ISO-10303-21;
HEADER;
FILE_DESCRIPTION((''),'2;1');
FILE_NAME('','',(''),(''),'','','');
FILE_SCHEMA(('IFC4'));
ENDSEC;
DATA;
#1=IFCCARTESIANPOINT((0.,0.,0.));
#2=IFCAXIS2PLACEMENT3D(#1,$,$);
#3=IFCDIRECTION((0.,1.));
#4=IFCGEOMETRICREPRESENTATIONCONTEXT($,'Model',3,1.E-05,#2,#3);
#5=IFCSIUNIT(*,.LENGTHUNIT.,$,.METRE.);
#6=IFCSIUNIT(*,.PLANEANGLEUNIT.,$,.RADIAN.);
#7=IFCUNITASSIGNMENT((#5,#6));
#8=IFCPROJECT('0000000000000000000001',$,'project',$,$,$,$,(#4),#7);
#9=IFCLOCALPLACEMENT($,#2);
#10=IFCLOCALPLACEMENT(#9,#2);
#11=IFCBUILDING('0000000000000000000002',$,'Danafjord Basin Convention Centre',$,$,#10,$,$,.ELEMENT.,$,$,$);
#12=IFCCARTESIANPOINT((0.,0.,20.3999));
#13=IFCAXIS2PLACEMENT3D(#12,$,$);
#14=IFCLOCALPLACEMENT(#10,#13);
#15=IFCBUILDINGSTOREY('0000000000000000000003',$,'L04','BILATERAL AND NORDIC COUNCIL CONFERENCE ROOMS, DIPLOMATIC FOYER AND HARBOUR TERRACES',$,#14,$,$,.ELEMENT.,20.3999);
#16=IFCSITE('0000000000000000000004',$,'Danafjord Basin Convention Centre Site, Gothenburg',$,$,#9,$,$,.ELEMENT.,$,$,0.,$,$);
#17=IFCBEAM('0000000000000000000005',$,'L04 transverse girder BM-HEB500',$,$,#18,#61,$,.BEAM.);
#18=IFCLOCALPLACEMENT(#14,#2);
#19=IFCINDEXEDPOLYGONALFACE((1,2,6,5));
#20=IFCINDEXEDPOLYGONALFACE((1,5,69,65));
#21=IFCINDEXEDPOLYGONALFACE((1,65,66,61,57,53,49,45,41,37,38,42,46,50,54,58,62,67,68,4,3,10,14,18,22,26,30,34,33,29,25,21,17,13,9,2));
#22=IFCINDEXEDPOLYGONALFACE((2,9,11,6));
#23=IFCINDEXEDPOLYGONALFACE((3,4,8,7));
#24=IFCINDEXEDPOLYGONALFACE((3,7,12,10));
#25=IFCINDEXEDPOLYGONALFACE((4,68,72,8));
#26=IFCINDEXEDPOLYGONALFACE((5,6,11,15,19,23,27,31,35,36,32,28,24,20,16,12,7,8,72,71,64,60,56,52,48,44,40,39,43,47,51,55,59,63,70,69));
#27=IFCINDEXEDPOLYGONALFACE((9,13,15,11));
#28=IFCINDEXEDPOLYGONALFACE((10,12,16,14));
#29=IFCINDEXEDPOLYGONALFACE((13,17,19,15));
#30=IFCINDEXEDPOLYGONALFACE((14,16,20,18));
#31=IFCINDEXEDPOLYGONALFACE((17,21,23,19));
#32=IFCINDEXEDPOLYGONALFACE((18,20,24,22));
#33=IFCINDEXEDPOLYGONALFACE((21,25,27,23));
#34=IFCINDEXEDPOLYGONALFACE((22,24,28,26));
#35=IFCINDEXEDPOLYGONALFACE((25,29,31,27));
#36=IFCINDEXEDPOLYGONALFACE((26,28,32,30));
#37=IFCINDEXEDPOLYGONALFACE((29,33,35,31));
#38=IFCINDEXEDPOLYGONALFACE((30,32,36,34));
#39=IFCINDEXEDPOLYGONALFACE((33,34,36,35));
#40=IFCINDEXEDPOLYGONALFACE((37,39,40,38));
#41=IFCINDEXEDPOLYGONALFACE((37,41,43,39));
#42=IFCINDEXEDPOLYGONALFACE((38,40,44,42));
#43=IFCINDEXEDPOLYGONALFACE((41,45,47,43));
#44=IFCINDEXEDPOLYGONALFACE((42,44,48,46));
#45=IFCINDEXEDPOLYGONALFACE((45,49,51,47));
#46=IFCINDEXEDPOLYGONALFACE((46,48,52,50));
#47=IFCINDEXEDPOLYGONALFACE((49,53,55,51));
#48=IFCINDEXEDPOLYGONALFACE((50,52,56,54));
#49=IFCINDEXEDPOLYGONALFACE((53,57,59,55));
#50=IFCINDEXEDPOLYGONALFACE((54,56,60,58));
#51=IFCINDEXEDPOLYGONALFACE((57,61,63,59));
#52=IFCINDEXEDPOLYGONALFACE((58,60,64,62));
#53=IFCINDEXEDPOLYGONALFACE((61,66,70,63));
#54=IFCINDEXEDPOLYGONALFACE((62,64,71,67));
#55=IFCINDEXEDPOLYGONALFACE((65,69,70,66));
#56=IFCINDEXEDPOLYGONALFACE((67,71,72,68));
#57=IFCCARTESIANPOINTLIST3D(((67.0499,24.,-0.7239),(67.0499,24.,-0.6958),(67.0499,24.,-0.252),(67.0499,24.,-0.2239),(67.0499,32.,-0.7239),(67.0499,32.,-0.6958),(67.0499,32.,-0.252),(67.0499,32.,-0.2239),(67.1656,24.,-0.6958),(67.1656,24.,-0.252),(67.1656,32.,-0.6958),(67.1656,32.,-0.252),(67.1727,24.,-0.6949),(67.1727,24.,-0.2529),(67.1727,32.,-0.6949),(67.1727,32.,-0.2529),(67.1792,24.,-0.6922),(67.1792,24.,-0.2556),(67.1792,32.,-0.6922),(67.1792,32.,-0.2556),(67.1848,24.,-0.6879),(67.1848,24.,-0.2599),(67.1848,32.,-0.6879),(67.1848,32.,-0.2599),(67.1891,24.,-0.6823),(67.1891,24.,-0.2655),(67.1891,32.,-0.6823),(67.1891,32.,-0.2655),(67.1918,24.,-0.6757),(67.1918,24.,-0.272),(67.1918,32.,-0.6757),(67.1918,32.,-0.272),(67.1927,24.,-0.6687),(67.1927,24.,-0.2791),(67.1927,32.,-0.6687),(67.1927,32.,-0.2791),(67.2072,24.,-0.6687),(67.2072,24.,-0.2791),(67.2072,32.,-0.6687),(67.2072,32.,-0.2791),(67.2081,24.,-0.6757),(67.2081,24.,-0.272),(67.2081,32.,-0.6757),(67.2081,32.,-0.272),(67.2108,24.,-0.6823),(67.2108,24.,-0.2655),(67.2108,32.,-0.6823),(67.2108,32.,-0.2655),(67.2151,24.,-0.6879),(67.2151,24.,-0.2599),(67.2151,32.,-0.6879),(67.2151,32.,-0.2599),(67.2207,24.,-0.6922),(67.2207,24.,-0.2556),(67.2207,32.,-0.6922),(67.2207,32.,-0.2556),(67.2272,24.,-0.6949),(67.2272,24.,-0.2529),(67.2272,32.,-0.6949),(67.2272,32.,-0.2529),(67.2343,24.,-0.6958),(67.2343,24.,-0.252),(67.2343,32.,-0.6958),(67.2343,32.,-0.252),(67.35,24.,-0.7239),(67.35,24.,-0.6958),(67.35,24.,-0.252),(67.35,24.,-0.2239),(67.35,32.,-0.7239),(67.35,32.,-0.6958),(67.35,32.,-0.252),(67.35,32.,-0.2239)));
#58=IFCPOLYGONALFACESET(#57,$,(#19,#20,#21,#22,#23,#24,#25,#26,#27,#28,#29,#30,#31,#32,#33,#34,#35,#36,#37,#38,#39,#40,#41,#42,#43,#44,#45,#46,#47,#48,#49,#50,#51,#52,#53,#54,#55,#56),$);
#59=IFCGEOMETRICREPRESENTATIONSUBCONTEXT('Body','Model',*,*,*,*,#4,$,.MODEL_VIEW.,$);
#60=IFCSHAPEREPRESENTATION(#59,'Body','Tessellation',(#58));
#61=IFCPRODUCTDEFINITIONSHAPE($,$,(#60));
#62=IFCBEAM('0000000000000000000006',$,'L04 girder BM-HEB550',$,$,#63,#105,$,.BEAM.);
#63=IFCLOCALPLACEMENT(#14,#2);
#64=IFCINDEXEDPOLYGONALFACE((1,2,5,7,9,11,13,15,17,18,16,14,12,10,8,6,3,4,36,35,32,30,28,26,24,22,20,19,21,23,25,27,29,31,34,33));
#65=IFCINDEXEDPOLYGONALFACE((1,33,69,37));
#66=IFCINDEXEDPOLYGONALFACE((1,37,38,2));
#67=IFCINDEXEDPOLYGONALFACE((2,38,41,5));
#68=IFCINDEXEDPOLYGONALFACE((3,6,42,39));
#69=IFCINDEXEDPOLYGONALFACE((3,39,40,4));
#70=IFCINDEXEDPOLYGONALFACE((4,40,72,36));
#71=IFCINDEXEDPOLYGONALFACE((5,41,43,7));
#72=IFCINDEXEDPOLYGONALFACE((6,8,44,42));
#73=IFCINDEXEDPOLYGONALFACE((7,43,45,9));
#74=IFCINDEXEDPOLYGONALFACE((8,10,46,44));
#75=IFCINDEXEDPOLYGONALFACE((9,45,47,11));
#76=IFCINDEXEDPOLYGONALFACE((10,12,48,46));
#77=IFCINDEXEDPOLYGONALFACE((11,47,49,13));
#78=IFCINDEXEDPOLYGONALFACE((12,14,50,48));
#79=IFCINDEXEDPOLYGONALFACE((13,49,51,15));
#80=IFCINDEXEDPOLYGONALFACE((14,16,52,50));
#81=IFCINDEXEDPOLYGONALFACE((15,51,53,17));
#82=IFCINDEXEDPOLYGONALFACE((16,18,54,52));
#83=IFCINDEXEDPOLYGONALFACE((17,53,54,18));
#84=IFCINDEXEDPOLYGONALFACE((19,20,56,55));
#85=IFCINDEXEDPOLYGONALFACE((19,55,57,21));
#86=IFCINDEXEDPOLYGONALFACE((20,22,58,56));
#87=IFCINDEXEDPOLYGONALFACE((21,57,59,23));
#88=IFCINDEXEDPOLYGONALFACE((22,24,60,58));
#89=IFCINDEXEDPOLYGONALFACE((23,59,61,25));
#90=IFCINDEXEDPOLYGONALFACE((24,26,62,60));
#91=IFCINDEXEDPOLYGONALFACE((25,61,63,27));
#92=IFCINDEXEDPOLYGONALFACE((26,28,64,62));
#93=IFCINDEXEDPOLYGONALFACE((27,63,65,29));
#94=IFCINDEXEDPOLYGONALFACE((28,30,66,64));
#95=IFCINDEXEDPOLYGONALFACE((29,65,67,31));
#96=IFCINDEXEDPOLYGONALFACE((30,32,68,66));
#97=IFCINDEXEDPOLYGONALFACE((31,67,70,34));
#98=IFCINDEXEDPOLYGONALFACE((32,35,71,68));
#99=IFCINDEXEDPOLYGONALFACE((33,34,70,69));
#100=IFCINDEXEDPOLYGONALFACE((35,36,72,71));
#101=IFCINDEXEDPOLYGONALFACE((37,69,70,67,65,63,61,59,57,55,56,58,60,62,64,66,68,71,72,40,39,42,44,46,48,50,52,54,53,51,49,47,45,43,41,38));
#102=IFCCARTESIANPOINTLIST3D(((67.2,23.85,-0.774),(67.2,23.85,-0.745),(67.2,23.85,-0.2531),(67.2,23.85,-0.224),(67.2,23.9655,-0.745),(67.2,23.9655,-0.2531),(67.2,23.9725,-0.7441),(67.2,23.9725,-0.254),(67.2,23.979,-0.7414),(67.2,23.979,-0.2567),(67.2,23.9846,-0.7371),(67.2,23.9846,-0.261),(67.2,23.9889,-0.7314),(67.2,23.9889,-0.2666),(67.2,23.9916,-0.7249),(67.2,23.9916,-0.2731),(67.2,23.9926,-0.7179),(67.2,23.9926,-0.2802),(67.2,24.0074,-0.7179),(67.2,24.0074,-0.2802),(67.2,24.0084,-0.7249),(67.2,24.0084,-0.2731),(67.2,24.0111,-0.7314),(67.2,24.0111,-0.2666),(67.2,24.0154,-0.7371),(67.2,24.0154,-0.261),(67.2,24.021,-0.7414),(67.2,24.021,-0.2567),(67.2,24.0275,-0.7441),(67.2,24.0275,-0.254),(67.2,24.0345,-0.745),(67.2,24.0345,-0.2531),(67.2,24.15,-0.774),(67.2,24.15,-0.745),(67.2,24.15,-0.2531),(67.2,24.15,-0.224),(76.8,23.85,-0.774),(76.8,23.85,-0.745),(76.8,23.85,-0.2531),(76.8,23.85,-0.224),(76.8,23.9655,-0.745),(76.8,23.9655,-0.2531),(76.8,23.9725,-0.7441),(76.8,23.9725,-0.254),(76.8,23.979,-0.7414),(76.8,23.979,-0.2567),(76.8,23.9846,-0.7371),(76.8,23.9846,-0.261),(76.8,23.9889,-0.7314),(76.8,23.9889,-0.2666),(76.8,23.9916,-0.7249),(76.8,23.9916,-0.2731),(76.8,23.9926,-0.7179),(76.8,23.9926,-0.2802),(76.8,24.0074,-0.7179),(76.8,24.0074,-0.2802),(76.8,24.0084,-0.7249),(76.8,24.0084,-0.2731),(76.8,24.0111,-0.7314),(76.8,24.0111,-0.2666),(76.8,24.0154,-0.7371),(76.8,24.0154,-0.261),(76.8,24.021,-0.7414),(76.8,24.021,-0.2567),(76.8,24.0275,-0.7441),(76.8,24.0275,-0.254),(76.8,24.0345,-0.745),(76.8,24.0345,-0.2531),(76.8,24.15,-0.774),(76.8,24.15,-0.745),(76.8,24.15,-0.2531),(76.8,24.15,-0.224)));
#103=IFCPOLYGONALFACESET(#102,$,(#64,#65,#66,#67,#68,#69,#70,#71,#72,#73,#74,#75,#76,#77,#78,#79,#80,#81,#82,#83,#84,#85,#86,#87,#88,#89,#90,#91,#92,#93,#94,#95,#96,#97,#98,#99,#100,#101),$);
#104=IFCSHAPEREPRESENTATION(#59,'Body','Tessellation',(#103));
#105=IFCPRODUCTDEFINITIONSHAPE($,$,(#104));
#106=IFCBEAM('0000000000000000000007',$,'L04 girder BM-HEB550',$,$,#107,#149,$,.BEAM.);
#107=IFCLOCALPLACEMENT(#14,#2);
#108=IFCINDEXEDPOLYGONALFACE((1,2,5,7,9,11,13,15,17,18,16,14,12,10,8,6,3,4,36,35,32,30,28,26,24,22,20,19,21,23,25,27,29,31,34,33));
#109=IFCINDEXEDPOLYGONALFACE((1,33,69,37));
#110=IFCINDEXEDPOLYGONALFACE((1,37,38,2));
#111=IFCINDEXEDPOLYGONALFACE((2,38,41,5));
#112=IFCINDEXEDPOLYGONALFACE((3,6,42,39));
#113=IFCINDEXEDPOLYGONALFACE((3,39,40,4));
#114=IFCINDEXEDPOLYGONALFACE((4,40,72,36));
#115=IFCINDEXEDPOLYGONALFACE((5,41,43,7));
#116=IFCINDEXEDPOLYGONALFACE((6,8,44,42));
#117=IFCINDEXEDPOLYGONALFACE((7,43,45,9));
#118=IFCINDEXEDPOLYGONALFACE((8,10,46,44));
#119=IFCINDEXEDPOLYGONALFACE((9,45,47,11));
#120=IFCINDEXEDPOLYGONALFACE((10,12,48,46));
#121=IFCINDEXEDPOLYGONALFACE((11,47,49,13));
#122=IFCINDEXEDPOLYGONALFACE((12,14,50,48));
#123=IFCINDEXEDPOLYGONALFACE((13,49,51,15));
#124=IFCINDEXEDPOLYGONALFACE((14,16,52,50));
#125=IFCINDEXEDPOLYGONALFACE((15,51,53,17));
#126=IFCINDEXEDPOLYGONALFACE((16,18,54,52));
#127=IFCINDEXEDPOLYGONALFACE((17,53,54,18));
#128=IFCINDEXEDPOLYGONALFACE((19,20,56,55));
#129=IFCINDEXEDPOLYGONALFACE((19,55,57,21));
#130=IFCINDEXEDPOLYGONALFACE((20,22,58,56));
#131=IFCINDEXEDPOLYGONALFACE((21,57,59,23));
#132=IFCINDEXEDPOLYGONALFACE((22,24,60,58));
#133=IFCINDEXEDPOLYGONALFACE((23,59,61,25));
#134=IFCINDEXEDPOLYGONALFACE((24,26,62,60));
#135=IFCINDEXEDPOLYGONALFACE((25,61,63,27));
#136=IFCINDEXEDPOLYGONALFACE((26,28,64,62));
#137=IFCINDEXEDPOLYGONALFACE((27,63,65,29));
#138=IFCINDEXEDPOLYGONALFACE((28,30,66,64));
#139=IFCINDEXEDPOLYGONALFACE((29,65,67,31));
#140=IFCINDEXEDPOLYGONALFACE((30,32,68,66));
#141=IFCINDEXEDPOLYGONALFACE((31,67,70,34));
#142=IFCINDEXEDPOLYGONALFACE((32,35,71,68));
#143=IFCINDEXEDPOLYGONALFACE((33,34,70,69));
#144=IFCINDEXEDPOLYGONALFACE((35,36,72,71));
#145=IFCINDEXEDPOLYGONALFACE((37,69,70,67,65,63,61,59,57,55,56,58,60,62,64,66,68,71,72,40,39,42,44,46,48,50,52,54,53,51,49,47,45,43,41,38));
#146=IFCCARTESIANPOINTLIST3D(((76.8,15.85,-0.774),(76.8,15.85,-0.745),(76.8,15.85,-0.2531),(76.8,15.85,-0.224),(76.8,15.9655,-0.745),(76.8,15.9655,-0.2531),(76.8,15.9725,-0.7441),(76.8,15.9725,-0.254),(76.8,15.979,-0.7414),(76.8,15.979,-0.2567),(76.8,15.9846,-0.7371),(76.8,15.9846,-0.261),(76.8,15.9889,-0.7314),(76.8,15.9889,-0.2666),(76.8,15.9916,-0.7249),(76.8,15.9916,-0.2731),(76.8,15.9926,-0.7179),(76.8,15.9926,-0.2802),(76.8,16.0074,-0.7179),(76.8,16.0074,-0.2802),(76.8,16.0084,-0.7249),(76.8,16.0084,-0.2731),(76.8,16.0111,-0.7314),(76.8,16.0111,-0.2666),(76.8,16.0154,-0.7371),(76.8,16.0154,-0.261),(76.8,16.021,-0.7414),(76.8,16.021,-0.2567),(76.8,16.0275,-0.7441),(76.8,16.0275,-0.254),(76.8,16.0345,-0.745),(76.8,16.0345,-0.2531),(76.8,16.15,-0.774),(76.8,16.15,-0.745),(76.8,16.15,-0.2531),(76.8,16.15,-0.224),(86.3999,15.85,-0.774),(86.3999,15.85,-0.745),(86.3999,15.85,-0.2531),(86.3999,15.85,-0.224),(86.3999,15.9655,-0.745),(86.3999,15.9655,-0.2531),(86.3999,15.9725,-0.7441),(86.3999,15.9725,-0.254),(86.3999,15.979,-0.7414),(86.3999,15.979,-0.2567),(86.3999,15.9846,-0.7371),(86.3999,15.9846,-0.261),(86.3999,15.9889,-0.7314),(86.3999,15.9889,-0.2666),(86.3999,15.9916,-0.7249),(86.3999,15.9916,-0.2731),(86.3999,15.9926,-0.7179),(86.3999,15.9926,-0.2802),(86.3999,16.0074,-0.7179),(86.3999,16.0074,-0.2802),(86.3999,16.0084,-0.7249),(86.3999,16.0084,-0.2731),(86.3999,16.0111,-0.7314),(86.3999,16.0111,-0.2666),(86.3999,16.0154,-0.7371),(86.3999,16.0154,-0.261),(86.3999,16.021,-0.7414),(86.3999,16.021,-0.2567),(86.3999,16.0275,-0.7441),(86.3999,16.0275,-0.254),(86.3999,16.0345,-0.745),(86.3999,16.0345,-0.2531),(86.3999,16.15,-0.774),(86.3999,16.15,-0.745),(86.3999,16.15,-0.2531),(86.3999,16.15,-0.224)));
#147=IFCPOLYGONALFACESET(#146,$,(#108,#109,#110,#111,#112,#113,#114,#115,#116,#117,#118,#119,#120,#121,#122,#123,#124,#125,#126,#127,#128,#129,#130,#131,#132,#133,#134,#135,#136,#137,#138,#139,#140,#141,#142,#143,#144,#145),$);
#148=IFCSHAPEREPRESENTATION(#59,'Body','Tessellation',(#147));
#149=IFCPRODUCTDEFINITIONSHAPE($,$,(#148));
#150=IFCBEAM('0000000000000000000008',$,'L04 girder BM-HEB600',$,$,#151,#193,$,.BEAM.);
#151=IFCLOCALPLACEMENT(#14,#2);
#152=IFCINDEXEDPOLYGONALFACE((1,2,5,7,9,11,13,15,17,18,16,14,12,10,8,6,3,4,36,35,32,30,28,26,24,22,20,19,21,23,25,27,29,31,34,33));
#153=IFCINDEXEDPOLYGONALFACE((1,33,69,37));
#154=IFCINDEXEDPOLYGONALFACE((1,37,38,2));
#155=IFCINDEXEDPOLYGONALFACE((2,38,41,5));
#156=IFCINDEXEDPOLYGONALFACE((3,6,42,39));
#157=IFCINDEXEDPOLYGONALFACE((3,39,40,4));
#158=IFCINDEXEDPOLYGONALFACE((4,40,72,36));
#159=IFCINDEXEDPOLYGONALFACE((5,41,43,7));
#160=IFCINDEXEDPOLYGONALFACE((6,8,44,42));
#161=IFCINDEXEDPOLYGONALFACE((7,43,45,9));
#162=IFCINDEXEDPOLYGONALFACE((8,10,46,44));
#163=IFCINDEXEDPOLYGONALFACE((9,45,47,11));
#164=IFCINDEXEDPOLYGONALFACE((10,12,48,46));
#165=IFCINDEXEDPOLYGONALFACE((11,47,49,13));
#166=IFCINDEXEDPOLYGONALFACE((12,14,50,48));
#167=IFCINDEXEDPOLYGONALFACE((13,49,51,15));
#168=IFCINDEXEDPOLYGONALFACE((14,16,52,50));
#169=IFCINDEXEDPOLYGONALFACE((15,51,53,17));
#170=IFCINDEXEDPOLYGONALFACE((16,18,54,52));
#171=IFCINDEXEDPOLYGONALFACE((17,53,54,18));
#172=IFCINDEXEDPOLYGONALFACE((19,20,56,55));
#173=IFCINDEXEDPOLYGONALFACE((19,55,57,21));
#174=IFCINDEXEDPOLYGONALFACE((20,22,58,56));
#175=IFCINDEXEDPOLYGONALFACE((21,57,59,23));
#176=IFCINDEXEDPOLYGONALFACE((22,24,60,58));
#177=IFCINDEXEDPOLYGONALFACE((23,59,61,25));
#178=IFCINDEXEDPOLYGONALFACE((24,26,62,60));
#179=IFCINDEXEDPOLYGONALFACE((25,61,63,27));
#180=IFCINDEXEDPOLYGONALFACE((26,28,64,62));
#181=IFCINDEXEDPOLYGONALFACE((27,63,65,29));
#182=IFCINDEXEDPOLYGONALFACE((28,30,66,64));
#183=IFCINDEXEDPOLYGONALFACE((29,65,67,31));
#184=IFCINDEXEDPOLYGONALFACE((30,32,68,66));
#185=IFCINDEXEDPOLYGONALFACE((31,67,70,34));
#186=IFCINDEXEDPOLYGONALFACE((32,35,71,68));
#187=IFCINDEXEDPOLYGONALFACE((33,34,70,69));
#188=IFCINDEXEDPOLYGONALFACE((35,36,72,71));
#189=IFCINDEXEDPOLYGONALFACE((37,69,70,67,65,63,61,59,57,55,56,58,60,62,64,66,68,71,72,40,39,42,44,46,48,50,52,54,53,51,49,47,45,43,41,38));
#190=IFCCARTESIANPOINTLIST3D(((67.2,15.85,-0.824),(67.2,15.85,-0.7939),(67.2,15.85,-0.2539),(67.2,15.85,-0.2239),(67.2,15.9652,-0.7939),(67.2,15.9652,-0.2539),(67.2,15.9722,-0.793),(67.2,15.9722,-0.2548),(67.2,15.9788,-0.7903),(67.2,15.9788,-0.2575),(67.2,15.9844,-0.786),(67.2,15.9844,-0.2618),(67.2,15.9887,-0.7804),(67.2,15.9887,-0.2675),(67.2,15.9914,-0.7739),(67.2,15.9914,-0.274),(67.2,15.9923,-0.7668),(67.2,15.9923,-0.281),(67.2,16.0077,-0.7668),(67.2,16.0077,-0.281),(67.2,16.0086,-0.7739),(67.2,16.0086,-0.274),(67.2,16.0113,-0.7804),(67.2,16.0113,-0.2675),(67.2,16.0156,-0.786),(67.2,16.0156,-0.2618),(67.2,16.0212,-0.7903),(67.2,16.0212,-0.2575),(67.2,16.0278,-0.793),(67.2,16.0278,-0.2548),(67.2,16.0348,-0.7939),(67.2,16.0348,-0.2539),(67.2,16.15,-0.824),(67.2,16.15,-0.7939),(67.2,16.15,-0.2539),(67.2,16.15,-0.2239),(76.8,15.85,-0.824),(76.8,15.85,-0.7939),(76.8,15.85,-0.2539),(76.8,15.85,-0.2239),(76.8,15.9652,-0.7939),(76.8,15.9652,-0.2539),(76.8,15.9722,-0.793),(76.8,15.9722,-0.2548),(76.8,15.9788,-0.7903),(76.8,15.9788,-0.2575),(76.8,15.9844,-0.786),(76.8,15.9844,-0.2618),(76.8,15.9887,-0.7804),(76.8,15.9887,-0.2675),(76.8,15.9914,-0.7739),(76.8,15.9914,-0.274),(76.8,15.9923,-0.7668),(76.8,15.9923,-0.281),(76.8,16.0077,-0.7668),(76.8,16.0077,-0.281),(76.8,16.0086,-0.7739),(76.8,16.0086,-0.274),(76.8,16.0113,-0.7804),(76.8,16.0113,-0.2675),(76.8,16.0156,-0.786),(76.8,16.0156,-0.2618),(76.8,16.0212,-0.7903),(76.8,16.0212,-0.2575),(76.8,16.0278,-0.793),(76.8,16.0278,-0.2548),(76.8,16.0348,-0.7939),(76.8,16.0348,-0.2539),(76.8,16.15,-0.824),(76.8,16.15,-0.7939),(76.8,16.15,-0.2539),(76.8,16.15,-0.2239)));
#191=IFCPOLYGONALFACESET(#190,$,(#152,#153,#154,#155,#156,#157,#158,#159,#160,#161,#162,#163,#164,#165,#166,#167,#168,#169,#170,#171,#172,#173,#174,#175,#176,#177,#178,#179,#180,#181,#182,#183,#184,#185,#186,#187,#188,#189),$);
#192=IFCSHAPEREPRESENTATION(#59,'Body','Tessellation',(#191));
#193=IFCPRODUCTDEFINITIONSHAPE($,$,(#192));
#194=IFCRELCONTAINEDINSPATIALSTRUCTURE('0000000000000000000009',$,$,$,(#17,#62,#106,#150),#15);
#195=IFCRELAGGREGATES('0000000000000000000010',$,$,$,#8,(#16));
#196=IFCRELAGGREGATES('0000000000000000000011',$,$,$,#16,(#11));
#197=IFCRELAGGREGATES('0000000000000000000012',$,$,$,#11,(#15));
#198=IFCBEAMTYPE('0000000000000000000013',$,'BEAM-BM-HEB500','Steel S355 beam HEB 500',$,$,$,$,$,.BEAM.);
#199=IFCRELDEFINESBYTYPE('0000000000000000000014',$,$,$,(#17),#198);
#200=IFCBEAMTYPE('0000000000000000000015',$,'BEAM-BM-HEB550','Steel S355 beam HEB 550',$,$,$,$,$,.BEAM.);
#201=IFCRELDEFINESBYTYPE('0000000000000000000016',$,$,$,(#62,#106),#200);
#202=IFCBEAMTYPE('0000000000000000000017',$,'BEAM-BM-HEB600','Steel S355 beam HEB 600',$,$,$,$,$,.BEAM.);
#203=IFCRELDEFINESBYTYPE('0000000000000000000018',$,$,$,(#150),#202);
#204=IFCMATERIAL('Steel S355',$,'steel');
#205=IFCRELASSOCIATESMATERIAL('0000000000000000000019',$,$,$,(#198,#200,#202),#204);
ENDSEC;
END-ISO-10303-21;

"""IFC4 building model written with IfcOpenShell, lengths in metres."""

from ifc_helpers import new_model, si_unit, direction, frame, origin, origin_2d, place, context, subcontext, project, spatial, i_section, extrude, material, material_profile, profile_set, type_object, element, save


model = new_model("IFC4")

# Units and contexts
model_context = context("Model", 3, precision=1e-05, world=origin(), true_north=direction((0.0, 1.0)))
body_context = subcontext(model_context, "Body", "Model", "MODEL_VIEW")
ifc_project = project(units=[si_unit("LENGTHUNIT", "METRE"), si_unit("PLANEANGLEUNIT", "RADIAN")], contexts=[model_context])

# Site, building, storey
site_placement = place(None, origin())
site = spatial("IfcSite", under=ifc_project, at=site_placement, Name="Danafjord Basin Convention Centre Site, Gothenburg", CompositionType="ELEMENT", RefElevation=0.0)
building_placement = place(site_placement, origin())
building = spatial("IfcBuilding", under=site, at=building_placement, Name="Danafjord Basin Convention Centre", CompositionType="ELEMENT")
storey_placement = place(building_placement, frame((0.0, 0.0, 20.3999)))
storey = spatial("IfcBuildingStorey", under=building, at=storey_placement, Name="L04", Description="BILATERAL AND NORDIC COUNCIL CONFERENCE ROOMS, DIPLOMATIC FOYER AND HARBOUR TERRACES", CompositionType="ELEMENT", Elevation=20.3999)

# Shared definitions
ifc_material_1 = material(Name="Steel S355", Category="steel")

# Beams
ifc_material_profile_1 = material_profile(ifc_material_1, i_section(OverallWidth=0.3, OverallDepth=0.5, WebThickness=0.0144, FlangeThickness=0.0281, FilletRadius=0.0271, at=origin_2d()), Name="HEB 500")
ifc_profile_set_1 = profile_set([ifc_material_profile_1], Name="Steel S355")
beam_type_1 = type_object("IfcBeamType", Name="BEAM-BM-HEB500", Description="Steel S355 beam HEB 500", PredefinedType="BEAM", material=ifc_profile_set_1)
beam_1_placement = place(storey_placement, frame((67.2, 24.0, -0.4739), z_axis=(0.0, 1.0, 0.0), x_axis=(-1.0, 0.0, 0.0)))
element("IfcBeam", 1, at=beam_1_placement, inside=storey, type_object=beam_type_1, Name="L04 transverse girder BM-HEB500", PredefinedType="BEAM", context=body_context, shape_type="SweptSolid", body=[
    extrude(i_section(OverallWidth=0.3, OverallDepth=0.5, WebThickness=0.0144, FlangeThickness=0.0281, FilletRadius=0.0271, at=origin_2d()), origin(), (0.0, 0.0, 1.0), 8.0),
])
ifc_material_profile_2 = material_profile(ifc_material_1, i_section(OverallWidth=0.3, OverallDepth=0.55, WebThickness=0.0149, FlangeThickness=0.0291, FilletRadius=0.0271, at=origin_2d()), Name="HEB 550")
ifc_profile_set_2 = profile_set([ifc_material_profile_2], Name="Steel S355")
beam_type_2 = type_object("IfcBeamType", Name="BEAM-BM-HEB550", Description="Steel S355 beam HEB 550", PredefinedType="BEAM", material=ifc_profile_set_2)
beam_2_placement = place(storey_placement, frame((67.2, 24.0, -0.499), z_axis=(1.0, 0.0, 0.0), x_axis=(0.0, 1.0, 0.0)))
element("IfcBeam", 2, at=beam_2_placement, inside=storey, type_object=beam_type_2, Name="L04 girder BM-HEB550", PredefinedType="BEAM", context=body_context, shape_type="SweptSolid", body=[
    extrude(i_section(OverallWidth=0.3, OverallDepth=0.55, WebThickness=0.0149, FlangeThickness=0.0291, FilletRadius=0.0271, at=origin_2d()), origin(), (0.0, 0.0, 1.0), 9.6001),
])
beam_3_placement = place(storey_placement, frame((76.8, 16.0, -0.499), z_axis=(1.0, 0.0, 0.0), x_axis=(0.0, 1.0, 0.0)))
element("IfcBeam", 3, at=beam_3_placement, inside=storey, type_object=beam_type_2, Name="L04 girder BM-HEB550", PredefinedType="BEAM", context=body_context, shape_type="SweptSolid", body=[
    extrude(i_section(OverallWidth=0.3, OverallDepth=0.55, WebThickness=0.0149, FlangeThickness=0.0291, FilletRadius=0.0271, at=origin_2d()), origin(), (0.0, 0.0, 1.0), 9.5999),
])
ifc_material_profile_3 = material_profile(ifc_material_1, i_section(OverallWidth=0.3, OverallDepth=0.6001, WebThickness=0.0154, FlangeThickness=0.03, FilletRadius=0.0271, at=origin_2d()), Name="HEB 600")
ifc_profile_set_3 = profile_set([ifc_material_profile_3], Name="Steel S355")
beam_type_3 = type_object("IfcBeamType", Name="BEAM-BM-HEB600", Description="Steel S355 beam HEB 600", PredefinedType="BEAM", material=ifc_profile_set_3)
beam_4_placement = place(storey_placement, frame((67.2, 16.0, -0.5239), z_axis=(1.0, 0.0, 0.0), x_axis=(0.0, 1.0, 0.0)))
element("IfcBeam", 4, at=beam_4_placement, inside=storey, type_object=beam_type_3, Name="L04 girder BM-HEB600", PredefinedType="BEAM", context=body_context, shape_type="SweptSolid", body=[
    extrude(i_section(OverallWidth=0.3, OverallDepth=0.6001, WebThickness=0.0154, FlangeThickness=0.03, FilletRadius=0.0271, at=origin_2d()), origin(), (0.0, 0.0, 1.0), 9.6001),
])

save(model, "model.ifc")
